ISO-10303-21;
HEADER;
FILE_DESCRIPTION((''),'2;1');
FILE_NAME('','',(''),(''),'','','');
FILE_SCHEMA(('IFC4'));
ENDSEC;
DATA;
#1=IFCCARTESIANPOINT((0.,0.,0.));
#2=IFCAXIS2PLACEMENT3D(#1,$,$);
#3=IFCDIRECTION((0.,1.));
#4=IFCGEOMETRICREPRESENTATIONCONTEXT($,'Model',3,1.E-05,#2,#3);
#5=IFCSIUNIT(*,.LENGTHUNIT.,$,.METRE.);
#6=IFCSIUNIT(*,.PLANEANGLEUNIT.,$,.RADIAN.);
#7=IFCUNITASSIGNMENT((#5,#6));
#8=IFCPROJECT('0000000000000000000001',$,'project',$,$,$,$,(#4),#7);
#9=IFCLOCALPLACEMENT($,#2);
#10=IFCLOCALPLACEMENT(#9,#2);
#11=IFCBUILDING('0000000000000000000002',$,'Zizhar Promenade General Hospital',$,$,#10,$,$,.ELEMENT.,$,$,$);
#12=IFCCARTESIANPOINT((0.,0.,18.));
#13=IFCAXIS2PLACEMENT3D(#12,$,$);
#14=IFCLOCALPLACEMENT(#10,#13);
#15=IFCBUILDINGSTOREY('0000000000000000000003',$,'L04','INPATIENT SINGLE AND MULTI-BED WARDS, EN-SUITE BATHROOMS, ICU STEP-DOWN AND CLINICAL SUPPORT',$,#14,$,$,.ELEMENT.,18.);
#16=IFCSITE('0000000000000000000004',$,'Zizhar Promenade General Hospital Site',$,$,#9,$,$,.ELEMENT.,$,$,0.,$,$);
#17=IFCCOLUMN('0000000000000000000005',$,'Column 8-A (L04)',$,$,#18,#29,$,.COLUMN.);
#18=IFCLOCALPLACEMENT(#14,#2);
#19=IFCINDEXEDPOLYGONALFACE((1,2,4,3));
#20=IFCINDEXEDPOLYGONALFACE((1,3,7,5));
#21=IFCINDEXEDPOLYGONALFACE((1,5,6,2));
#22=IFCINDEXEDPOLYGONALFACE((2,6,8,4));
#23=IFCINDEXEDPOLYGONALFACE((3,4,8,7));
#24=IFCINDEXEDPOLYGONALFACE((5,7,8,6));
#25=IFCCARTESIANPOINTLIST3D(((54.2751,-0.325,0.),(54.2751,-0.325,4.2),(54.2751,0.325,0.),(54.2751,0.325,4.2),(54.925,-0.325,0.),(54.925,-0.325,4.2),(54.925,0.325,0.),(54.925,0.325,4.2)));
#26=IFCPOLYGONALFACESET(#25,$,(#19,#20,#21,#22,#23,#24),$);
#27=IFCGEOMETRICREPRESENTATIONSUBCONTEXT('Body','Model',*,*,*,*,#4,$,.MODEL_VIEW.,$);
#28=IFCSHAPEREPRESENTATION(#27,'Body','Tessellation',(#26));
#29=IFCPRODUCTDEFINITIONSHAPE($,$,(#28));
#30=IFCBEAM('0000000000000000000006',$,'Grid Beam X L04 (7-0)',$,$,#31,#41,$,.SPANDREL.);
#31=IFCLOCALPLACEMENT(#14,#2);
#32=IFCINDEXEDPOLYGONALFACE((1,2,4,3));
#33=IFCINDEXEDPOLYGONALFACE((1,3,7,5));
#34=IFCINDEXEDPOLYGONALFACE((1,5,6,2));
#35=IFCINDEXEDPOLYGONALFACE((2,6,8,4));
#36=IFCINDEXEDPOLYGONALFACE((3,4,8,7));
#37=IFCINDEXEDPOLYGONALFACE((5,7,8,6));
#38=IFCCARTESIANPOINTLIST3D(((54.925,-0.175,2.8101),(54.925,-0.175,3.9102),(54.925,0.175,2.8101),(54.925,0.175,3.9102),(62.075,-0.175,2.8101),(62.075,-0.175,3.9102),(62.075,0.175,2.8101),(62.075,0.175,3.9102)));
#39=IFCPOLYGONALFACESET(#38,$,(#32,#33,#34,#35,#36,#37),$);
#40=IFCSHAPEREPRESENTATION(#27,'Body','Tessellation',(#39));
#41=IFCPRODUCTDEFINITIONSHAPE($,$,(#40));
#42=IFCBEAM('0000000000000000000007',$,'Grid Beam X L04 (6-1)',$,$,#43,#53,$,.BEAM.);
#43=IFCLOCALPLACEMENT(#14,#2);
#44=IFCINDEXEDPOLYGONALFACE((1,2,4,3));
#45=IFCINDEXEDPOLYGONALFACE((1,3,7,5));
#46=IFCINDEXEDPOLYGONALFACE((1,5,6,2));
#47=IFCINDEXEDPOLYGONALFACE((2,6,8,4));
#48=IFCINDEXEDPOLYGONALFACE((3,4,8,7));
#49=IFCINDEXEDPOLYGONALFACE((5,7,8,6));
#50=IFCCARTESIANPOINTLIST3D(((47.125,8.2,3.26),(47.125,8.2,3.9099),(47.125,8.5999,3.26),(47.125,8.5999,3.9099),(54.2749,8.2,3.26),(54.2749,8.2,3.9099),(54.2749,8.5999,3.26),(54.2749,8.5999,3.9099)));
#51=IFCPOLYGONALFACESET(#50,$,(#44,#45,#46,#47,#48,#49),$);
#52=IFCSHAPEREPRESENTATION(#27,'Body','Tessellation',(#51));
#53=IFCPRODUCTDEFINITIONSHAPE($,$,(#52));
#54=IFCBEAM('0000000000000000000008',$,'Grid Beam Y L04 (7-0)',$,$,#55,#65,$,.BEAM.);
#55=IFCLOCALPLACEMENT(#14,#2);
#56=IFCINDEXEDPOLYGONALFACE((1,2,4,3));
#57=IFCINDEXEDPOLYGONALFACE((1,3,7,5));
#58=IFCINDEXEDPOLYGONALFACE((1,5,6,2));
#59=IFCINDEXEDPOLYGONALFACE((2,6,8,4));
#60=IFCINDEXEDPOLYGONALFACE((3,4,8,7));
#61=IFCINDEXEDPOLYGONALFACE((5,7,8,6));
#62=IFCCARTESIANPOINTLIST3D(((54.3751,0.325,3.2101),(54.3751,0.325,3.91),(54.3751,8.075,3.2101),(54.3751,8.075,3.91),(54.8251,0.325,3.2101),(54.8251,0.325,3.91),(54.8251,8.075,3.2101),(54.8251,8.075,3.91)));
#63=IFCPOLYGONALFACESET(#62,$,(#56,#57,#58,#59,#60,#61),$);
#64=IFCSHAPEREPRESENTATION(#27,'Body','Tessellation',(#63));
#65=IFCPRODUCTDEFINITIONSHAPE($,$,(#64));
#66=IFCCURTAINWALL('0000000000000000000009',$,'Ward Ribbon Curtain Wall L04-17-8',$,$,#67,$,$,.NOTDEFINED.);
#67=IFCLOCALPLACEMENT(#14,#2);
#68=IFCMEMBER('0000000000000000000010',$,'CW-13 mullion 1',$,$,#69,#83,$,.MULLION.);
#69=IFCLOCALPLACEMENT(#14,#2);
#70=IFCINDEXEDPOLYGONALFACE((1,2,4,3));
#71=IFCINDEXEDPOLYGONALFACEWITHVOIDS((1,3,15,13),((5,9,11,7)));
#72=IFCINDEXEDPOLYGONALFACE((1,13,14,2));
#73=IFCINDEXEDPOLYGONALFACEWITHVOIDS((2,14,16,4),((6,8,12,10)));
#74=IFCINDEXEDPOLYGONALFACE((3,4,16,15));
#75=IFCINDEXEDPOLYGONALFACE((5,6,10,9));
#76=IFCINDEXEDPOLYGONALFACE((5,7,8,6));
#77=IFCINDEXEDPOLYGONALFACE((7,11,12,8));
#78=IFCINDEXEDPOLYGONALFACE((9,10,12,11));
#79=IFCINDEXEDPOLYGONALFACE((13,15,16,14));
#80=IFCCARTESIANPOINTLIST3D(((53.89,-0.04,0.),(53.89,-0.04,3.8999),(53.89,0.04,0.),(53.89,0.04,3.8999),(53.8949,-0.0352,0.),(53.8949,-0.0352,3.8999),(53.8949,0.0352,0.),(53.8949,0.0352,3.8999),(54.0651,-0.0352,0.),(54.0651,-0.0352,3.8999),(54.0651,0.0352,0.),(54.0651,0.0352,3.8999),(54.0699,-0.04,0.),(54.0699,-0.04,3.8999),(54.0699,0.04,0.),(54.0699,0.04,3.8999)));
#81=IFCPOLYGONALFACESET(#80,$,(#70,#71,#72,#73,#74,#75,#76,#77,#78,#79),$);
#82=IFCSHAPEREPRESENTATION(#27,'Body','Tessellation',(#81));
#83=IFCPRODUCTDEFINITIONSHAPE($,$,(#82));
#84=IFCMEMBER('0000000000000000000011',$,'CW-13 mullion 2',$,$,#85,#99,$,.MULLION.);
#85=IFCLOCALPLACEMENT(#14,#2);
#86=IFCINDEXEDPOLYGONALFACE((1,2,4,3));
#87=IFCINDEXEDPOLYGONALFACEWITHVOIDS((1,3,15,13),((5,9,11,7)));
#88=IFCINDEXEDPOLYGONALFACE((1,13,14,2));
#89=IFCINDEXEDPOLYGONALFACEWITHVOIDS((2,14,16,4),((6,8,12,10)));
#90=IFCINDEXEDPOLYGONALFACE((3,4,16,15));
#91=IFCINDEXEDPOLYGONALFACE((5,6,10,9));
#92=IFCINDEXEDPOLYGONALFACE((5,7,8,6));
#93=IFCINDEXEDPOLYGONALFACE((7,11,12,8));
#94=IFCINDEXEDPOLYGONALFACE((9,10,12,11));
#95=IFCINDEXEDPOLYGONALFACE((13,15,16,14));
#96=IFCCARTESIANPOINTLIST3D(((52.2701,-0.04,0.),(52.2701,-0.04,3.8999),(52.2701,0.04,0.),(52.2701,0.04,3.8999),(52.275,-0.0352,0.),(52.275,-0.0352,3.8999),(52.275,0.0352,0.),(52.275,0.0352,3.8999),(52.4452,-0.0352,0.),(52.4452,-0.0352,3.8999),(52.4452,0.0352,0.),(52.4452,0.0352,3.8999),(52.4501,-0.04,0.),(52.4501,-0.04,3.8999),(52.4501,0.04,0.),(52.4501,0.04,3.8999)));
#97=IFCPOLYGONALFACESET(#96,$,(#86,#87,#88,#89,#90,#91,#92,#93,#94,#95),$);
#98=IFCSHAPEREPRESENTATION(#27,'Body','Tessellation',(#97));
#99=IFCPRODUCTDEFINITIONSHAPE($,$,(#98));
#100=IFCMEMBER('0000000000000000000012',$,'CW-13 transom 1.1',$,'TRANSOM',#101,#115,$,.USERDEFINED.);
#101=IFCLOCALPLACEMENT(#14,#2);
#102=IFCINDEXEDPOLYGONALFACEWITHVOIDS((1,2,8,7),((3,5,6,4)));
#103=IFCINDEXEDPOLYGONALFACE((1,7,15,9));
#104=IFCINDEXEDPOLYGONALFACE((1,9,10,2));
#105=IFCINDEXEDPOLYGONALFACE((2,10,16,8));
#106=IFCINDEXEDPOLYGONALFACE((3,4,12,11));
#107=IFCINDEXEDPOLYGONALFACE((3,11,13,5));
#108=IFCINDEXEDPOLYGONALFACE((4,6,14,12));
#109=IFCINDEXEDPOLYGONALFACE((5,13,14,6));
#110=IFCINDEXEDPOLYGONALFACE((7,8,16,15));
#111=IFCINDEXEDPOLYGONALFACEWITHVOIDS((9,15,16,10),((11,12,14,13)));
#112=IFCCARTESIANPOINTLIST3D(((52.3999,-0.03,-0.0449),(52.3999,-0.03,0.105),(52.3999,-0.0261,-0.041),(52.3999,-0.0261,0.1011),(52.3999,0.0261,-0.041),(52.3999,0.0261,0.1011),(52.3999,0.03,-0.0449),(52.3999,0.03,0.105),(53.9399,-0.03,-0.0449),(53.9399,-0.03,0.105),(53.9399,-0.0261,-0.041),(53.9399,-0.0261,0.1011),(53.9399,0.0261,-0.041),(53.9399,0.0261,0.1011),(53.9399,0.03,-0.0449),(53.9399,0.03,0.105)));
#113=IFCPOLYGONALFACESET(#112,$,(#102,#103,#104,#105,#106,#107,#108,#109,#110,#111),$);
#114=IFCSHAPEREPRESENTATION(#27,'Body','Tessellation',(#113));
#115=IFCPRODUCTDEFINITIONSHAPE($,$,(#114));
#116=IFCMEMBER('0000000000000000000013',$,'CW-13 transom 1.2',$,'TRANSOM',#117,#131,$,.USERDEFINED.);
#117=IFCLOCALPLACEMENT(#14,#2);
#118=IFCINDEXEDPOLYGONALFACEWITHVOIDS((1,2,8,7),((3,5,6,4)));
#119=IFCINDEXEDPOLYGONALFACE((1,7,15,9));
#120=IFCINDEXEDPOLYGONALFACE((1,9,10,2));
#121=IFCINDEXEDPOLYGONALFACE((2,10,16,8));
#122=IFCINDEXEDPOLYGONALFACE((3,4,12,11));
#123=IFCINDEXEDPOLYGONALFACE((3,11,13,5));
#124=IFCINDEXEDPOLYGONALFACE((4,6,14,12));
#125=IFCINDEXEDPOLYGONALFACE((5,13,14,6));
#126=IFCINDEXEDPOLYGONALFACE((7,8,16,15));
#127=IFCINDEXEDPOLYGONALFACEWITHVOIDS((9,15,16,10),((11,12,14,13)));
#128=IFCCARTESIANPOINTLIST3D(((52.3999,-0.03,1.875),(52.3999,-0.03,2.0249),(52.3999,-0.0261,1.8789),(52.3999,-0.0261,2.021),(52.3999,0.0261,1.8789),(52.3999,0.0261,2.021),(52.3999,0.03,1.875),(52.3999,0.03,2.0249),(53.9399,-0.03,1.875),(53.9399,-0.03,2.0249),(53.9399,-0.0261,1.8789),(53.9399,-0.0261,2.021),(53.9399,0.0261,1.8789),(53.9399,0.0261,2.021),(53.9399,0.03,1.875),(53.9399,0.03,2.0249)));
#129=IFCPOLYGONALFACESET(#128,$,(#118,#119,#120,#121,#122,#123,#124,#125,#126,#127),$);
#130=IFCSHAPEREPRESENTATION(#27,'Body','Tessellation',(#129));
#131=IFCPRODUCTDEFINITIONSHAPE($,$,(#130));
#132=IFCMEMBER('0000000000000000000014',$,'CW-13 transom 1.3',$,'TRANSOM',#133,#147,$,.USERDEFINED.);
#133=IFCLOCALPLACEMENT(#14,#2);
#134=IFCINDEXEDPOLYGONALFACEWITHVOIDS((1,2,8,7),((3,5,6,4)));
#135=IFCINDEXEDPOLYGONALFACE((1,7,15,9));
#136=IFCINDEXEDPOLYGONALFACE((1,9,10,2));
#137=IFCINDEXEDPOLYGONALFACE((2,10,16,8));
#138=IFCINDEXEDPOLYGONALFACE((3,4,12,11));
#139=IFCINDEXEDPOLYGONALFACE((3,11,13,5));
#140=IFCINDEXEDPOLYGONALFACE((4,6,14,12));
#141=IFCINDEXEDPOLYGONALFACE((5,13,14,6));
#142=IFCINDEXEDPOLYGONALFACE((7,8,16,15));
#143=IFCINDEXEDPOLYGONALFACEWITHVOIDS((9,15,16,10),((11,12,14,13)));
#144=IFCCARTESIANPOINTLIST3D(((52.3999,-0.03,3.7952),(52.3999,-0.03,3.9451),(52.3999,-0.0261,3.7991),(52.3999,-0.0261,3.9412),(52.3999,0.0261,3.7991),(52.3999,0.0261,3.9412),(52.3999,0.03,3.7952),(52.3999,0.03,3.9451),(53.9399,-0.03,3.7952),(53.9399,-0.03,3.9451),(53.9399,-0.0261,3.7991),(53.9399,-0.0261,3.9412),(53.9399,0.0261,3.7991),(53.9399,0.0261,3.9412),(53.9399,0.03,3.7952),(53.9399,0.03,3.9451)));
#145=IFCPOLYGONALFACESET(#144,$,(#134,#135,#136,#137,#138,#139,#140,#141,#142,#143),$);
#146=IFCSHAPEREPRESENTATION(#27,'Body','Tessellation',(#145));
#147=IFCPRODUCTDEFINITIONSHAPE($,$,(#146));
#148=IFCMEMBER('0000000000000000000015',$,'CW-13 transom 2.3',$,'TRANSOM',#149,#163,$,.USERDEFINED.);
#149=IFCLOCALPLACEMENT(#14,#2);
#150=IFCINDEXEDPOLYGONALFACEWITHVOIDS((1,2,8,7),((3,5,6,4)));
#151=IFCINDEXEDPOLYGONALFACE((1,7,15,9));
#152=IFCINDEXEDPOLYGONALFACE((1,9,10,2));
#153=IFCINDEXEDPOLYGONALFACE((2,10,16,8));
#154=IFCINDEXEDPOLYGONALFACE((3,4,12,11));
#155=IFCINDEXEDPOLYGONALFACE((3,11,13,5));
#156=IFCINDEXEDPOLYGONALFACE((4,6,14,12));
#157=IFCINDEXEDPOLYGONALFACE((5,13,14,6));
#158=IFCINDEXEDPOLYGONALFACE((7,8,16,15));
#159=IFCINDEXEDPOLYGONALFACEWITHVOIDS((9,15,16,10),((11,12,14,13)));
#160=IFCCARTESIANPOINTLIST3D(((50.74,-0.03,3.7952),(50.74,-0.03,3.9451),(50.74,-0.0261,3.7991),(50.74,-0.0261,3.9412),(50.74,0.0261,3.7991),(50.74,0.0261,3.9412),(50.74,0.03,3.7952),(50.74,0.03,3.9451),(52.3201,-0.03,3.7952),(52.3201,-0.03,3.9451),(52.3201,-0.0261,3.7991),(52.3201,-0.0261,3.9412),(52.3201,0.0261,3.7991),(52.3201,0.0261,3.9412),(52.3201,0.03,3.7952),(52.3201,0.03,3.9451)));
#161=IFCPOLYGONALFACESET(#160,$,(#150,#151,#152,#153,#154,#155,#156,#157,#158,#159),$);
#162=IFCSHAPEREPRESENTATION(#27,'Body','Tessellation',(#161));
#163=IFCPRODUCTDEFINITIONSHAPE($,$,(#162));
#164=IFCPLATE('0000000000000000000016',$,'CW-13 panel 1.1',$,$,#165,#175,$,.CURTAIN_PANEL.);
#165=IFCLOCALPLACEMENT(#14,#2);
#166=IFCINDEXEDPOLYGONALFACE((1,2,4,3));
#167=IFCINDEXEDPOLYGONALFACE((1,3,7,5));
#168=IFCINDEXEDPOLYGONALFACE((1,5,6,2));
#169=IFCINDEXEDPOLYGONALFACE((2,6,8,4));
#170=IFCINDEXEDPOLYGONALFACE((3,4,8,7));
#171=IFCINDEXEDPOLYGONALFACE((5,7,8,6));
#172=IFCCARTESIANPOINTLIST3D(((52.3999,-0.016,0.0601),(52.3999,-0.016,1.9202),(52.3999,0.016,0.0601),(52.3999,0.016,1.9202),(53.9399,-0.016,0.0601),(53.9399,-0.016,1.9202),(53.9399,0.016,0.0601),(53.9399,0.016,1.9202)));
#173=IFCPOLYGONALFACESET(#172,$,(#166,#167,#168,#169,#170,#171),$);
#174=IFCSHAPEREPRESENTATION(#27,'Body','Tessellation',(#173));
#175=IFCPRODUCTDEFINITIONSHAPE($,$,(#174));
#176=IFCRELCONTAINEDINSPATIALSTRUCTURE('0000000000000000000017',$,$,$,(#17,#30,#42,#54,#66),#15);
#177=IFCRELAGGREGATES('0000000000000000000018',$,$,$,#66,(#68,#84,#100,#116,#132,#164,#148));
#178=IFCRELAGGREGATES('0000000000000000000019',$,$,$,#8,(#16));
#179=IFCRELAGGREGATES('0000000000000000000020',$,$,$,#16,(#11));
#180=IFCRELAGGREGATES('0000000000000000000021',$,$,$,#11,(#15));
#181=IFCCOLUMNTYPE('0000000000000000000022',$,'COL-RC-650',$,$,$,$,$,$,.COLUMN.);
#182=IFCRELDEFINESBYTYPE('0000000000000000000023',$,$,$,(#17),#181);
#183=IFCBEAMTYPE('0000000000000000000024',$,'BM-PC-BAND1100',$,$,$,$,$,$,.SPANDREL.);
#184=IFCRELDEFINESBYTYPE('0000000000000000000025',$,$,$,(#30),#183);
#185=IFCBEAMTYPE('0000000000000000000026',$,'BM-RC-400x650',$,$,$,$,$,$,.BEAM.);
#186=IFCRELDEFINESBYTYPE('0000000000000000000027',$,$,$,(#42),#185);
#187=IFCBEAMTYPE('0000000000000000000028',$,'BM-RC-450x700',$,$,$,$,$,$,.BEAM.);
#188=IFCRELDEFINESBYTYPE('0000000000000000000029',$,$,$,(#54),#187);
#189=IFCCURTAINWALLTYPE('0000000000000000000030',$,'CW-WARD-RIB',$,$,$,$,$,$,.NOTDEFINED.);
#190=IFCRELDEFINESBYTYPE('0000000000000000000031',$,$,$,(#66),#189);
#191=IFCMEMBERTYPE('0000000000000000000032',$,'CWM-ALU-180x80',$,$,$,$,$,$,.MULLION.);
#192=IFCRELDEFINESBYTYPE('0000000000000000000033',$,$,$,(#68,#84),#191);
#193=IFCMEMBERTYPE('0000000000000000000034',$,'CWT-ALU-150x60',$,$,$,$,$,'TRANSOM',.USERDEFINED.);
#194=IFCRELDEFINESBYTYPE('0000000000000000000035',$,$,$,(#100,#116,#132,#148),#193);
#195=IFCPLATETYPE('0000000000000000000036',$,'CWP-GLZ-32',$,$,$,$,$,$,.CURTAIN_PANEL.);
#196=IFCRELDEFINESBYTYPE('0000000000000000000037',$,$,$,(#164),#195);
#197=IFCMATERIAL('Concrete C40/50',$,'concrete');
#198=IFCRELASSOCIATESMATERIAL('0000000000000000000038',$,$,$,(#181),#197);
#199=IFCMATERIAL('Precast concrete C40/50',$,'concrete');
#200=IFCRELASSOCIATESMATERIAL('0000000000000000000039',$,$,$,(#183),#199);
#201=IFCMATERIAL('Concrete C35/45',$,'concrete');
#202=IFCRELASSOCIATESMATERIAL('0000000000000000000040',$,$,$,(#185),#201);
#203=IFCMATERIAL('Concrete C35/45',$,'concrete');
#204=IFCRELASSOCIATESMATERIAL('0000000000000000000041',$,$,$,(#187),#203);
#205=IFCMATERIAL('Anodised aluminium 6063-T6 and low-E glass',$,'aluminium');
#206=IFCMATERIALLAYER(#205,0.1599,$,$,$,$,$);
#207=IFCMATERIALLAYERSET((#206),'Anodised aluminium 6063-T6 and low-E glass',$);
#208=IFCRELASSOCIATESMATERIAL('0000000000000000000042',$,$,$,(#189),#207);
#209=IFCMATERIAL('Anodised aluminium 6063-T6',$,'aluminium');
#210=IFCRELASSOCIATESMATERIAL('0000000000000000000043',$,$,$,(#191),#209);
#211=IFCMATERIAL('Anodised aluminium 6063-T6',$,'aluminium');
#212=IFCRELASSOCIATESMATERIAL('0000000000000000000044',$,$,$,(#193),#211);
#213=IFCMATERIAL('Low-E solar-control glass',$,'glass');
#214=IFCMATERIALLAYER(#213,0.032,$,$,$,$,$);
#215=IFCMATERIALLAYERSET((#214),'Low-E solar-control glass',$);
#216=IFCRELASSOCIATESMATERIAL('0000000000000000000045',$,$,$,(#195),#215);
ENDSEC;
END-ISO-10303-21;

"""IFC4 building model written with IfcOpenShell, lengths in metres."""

from ifc_helpers import new_model, si_unit, direction, frame, origin, origin_2d, place, context, subcontext, project, spatial, rectangle, hollow_rectangle, extrude, material, layer, layer_set, material_profile, profile_set, type_object, element, aggregate, save


model = new_model("IFC4")

# Units and contexts
model_context = context("Model", 3, precision=1e-05, world=origin(), true_north=direction((0.0, 1.0)))
body_context = subcontext(model_context, "Body", "Model", "MODEL_VIEW")
ifc_project = project(units=[si_unit("LENGTHUNIT", "METRE"), si_unit("PLANEANGLEUNIT", "RADIAN")], contexts=[model_context])

# Site, building, storey
site_placement = place(None, origin())
site = spatial("IfcSite", under=ifc_project, at=site_placement, Name="Zizhar Promenade General Hospital Site", CompositionType="ELEMENT", RefElevation=0.0)
building_placement = place(site_placement, origin())
building = spatial("IfcBuilding", under=site, at=building_placement, Name="Zizhar Promenade General Hospital", CompositionType="ELEMENT")
storey_placement = place(building_placement, frame((0.0, 0.0, 18.0)))
storey = spatial("IfcBuildingStorey", under=building, at=storey_placement, Name="L04", Description="INPATIENT SINGLE AND MULTI-BED WARDS, EN-SUITE BATHROOMS, ICU STEP-DOWN AND CLINICAL SUPPORT", CompositionType="ELEMENT", Elevation=18.0)

# Column
ifc_material_1 = material(Name="Concrete C40/50", Category="concrete")
ifc_material_profile_1 = material_profile(ifc_material_1, rectangle(XDim=0.6499, YDim=0.6499, at=origin_2d()))
ifc_profile_set_1 = profile_set([ifc_material_profile_1], Name="Concrete C40/50")
column_type = type_object("IfcColumnType", Name="COL-RC-650", PredefinedType="COLUMN", material=ifc_profile_set_1)
column_placement = place(storey_placement, frame((54.6001, 0.0, 0.0), z_axis=(0.0, 0.0, 1.0), x_axis=(1.0, 0.0, 0.0)))
element("IfcColumn", 1, at=column_placement, inside=storey, type_object=column_type, Name="Column 8-A (L04)", PredefinedType="COLUMN", context=body_context, shape_type="SweptSolid", body=[
    extrude(rectangle(XDim=0.6499, YDim=0.6499, at=origin_2d()), origin(), (0.0, 0.0, 1.0), 4.2),
])

# Beams
ifc_material_2 = material(Name="Precast concrete C40/50", Category="concrete")
ifc_material_profile_2 = material_profile(ifc_material_2, rectangle(XDim=0.3501, YDim=1.1001, at=origin_2d()))
ifc_profile_set_2 = profile_set([ifc_material_profile_2], Name="Precast concrete C40/50")
beam_type_1 = type_object("IfcBeamType", Name="BM-PC-BAND1100", PredefinedType="SPANDREL", material=ifc_profile_set_2)
beam_1_placement = place(storey_placement, frame((54.925, 0.0, 3.3601), z_axis=(1.0, 0.0, 0.0), x_axis=(0.0, 1.0, 0.0)))
element("IfcBeam", 2, at=beam_1_placement, inside=storey, type_object=beam_type_1, Name="Grid Beam X L04 (7-0)", PredefinedType="SPANDREL", context=body_context, shape_type="SweptSolid", body=[
    extrude(rectangle(XDim=0.3501, YDim=1.1001, at=origin_2d()), origin(), (0.0, 0.0, 1.0), 7.1499),
])
ifc_material_3 = material(Name="Concrete C35/45", Category="concrete")
ifc_material_profile_3 = material_profile(ifc_material_3, rectangle(XDim=0.3999, YDim=0.6499, at=origin_2d()))
ifc_profile_set_3 = profile_set([ifc_material_profile_3], Name="Concrete C35/45")
beam_type_2 = type_object("IfcBeamType", Name="BM-RC-400x650", PredefinedType="BEAM", material=ifc_profile_set_3)
beam_2_placement = place(storey_placement, frame((47.125, 8.3999, 3.585), z_axis=(1.0, 0.0, 0.0), x_axis=(0.0, 1.0, 0.0)))
element("IfcBeam", 3, at=beam_2_placement, inside=storey, type_object=beam_type_2, Name="Grid Beam X L04 (6-1)", PredefinedType="BEAM", context=body_context, shape_type="SweptSolid", body=[
    extrude(rectangle(XDim=0.3999, YDim=0.6499, at=origin_2d()), origin(), (0.0, 0.0, 1.0), 7.1499),
])
ifc_material_4 = material(Name="Concrete C35/45", Category="concrete")
ifc_material_profile_4 = material_profile(ifc_material_4, rectangle(XDim=0.45, YDim=0.7, at=origin_2d()))
ifc_profile_set_4 = profile_set([ifc_material_profile_4], Name="Concrete C35/45")
beam_type_3 = type_object("IfcBeamType", Name="BM-RC-450x700", PredefinedType="BEAM", material=ifc_profile_set_4)
beam_3_placement = place(storey_placement, frame((54.6001, 0.325, 3.5601), z_axis=(0.0, 1.0, 0.0), x_axis=(-1.0, 0.0, 0.0)))
element("IfcBeam", 4, at=beam_3_placement, inside=storey, type_object=beam_type_3, Name="Grid Beam Y L04 (7-0)", PredefinedType="BEAM", context=body_context, shape_type="SweptSolid", body=[
    extrude(rectangle(XDim=0.45, YDim=0.7, at=origin_2d()), origin(), (0.0, 0.0, 1.0), 7.75),
])

# Curtain wall, members, plate
ifc_material_5 = material(Name="Anodised aluminium 6063-T6 and low-E glass", Category="aluminium")
ifc_layer_1 = layer(ifc_material_5, 0.1599)
ifc_layer_set_1 = layer_set([ifc_layer_1], Name="Anodised aluminium 6063-T6 and low-E glass")
curtain_wall_type = type_object("IfcCurtainWallType", Name="CW-WARD-RIB", PredefinedType="NOTDEFINED", material=ifc_layer_set_1)
curtain_wall_placement = place(storey_placement, origin())
curtain_wall = element("IfcCurtainWall", 5, at=curtain_wall_placement, inside=storey, type_object=curtain_wall_type, Name="Ward Ribbon Curtain Wall L04-17-8", PredefinedType="NOTDEFINED")
ifc_material_6 = material(Name="Anodised aluminium 6063-T6", Category="aluminium")
ifc_material_profile_5 = material_profile(ifc_material_6, hollow_rectangle(XDim=0.0801, YDim=0.1799, WallThickness=0.0049, at=origin_2d()))
ifc_profile_set_5 = profile_set([ifc_material_profile_5], Name="Anodised aluminium 6063-T6")
member_type_1 = type_object("IfcMemberType", Name="CWM-ALU-180x80", PredefinedType="MULLION", material=ifc_profile_set_5)
member_1_placement = place(storey_placement, frame((53.98, 0.0, 0.0), z_axis=(0.0, 0.0, 1.0), x_axis=(0.0, -1.0, 0.0)))
member_1 = element("IfcMember", 6, at=member_1_placement, type_object=member_type_1, Name="CW-13 mullion 1", PredefinedType="MULLION", context=body_context, shape_type="SweptSolid", body=[
    extrude(hollow_rectangle(XDim=0.0801, YDim=0.1799, WallThickness=0.0049, at=origin_2d()), origin(), (0.0, 0.0, 1.0), 3.8999),
])
member_2_placement = place(storey_placement, frame((52.3601, 0.0, 0.0), z_axis=(0.0, 0.0, 1.0), x_axis=(0.0, -1.0, 0.0)))
member_2 = element("IfcMember", 7, at=member_2_placement, type_object=member_type_1, Name="CW-13 mullion 2", PredefinedType="MULLION", context=body_context, shape_type="SweptSolid", body=[
    extrude(hollow_rectangle(XDim=0.0801, YDim=0.1799, WallThickness=0.0049, at=origin_2d()), origin(), (0.0, 0.0, 1.0), 3.8999),
])
ifc_material_7 = material(Name="Anodised aluminium 6063-T6", Category="aluminium")
ifc_material_profile_6 = material_profile(ifc_material_7, hollow_rectangle(XDim=0.0601, YDim=0.1499, WallThickness=0.0039, at=origin_2d()))
ifc_profile_set_6 = profile_set([ifc_material_profile_6], Name="Anodised aluminium 6063-T6")
member_type_2 = type_object("IfcMemberType", Name="CWT-ALU-150x60", ElementType="TRANSOM", PredefinedType="USERDEFINED", material=ifc_profile_set_6)
member_3_placement = place(storey_placement, frame((53.9399, 0.0, 0.03), z_axis=(-1.0, 0.0, 0.0), x_axis=(0.0, -1.0, 0.0)))
member_3 = element("IfcMember", 8, at=member_3_placement, type_object=member_type_2, Name="CW-13 transom 1.1", ObjectType="TRANSOM", PredefinedType="USERDEFINED", context=body_context, shape_type="SweptSolid", body=[
    extrude(hollow_rectangle(XDim=0.0601, YDim=0.1499, WallThickness=0.0039, at=origin_2d()), origin(), (0.0, 0.0, 1.0), 1.54),
])
member_4_placement = place(storey_placement, frame((53.9399, 0.0, 1.95), z_axis=(-1.0, 0.0, 0.0), x_axis=(0.0, -1.0, 0.0)))
member_4 = element("IfcMember", 9, at=member_4_placement, type_object=member_type_2, Name="CW-13 transom 1.2", ObjectType="TRANSOM", PredefinedType="USERDEFINED", context=body_context, shape_type="SweptSolid", body=[
    extrude(hollow_rectangle(XDim=0.0601, YDim=0.1499, WallThickness=0.0039, at=origin_2d()), origin(), (0.0, 0.0, 1.0), 1.54),
])
member_5_placement = place(storey_placement, frame((53.9399, 0.0, 3.8701), z_axis=(-1.0, 0.0, 0.0), x_axis=(0.0, -1.0, 0.0)))
member_5 = element("IfcMember", 10, at=member_5_placement, type_object=member_type_2, Name="CW-13 transom 1.3", ObjectType="TRANSOM", PredefinedType="USERDEFINED", context=body_context, shape_type="SweptSolid", body=[
    extrude(hollow_rectangle(XDim=0.0601, YDim=0.1499, WallThickness=0.0039, at=origin_2d()), origin(), (0.0, 0.0, 1.0), 1.54),
])
member_6_placement = place(storey_placement, frame((52.3201, 0.0, 3.8701), z_axis=(-1.0, 0.0, 0.0), x_axis=(0.0, -1.0, 0.0)))
member_6 = element("IfcMember", 11, at=member_6_placement, type_object=member_type_2, Name="CW-13 transom 2.3", ObjectType="TRANSOM", PredefinedType="USERDEFINED", context=body_context, shape_type="SweptSolid", body=[
    extrude(hollow_rectangle(XDim=0.0601, YDim=0.1499, WallThickness=0.0039, at=origin_2d()), origin(), (0.0, 0.0, 1.0), 1.5801),
])
ifc_material_8 = material(Name="Low-E solar-control glass", Category="glass")
ifc_layer_2 = layer(ifc_material_8, 0.032)
ifc_layer_set_2 = layer_set([ifc_layer_2], Name="Low-E solar-control glass")
plate_type = type_object("IfcPlateType", Name="CWP-GLZ-32", PredefinedType="CURTAIN_PANEL", material=ifc_layer_set_2)
plate_1_placement = place(storey_placement, frame((53.1699, 0.0, 0.0601), z_axis=(0.0, 0.0, 1.0), x_axis=(-1.0, 0.0, 0.0)))
plate_1 = element("IfcPlate", 12, at=plate_1_placement, type_object=plate_type, Name="CW-13 panel 1.1", PredefinedType="CURTAIN_PANEL", context=body_context, shape_type="SweptSolid", body=[
    extrude(rectangle(XDim=1.54, YDim=0.032, at=origin_2d()), origin(), (0.0, 0.0, 1.0), 1.8601),
])
aggregate(curtain_wall, [member_1, member_2, member_3, member_4, member_5, plate_1, member_6])

save(model, "model.ifc")
